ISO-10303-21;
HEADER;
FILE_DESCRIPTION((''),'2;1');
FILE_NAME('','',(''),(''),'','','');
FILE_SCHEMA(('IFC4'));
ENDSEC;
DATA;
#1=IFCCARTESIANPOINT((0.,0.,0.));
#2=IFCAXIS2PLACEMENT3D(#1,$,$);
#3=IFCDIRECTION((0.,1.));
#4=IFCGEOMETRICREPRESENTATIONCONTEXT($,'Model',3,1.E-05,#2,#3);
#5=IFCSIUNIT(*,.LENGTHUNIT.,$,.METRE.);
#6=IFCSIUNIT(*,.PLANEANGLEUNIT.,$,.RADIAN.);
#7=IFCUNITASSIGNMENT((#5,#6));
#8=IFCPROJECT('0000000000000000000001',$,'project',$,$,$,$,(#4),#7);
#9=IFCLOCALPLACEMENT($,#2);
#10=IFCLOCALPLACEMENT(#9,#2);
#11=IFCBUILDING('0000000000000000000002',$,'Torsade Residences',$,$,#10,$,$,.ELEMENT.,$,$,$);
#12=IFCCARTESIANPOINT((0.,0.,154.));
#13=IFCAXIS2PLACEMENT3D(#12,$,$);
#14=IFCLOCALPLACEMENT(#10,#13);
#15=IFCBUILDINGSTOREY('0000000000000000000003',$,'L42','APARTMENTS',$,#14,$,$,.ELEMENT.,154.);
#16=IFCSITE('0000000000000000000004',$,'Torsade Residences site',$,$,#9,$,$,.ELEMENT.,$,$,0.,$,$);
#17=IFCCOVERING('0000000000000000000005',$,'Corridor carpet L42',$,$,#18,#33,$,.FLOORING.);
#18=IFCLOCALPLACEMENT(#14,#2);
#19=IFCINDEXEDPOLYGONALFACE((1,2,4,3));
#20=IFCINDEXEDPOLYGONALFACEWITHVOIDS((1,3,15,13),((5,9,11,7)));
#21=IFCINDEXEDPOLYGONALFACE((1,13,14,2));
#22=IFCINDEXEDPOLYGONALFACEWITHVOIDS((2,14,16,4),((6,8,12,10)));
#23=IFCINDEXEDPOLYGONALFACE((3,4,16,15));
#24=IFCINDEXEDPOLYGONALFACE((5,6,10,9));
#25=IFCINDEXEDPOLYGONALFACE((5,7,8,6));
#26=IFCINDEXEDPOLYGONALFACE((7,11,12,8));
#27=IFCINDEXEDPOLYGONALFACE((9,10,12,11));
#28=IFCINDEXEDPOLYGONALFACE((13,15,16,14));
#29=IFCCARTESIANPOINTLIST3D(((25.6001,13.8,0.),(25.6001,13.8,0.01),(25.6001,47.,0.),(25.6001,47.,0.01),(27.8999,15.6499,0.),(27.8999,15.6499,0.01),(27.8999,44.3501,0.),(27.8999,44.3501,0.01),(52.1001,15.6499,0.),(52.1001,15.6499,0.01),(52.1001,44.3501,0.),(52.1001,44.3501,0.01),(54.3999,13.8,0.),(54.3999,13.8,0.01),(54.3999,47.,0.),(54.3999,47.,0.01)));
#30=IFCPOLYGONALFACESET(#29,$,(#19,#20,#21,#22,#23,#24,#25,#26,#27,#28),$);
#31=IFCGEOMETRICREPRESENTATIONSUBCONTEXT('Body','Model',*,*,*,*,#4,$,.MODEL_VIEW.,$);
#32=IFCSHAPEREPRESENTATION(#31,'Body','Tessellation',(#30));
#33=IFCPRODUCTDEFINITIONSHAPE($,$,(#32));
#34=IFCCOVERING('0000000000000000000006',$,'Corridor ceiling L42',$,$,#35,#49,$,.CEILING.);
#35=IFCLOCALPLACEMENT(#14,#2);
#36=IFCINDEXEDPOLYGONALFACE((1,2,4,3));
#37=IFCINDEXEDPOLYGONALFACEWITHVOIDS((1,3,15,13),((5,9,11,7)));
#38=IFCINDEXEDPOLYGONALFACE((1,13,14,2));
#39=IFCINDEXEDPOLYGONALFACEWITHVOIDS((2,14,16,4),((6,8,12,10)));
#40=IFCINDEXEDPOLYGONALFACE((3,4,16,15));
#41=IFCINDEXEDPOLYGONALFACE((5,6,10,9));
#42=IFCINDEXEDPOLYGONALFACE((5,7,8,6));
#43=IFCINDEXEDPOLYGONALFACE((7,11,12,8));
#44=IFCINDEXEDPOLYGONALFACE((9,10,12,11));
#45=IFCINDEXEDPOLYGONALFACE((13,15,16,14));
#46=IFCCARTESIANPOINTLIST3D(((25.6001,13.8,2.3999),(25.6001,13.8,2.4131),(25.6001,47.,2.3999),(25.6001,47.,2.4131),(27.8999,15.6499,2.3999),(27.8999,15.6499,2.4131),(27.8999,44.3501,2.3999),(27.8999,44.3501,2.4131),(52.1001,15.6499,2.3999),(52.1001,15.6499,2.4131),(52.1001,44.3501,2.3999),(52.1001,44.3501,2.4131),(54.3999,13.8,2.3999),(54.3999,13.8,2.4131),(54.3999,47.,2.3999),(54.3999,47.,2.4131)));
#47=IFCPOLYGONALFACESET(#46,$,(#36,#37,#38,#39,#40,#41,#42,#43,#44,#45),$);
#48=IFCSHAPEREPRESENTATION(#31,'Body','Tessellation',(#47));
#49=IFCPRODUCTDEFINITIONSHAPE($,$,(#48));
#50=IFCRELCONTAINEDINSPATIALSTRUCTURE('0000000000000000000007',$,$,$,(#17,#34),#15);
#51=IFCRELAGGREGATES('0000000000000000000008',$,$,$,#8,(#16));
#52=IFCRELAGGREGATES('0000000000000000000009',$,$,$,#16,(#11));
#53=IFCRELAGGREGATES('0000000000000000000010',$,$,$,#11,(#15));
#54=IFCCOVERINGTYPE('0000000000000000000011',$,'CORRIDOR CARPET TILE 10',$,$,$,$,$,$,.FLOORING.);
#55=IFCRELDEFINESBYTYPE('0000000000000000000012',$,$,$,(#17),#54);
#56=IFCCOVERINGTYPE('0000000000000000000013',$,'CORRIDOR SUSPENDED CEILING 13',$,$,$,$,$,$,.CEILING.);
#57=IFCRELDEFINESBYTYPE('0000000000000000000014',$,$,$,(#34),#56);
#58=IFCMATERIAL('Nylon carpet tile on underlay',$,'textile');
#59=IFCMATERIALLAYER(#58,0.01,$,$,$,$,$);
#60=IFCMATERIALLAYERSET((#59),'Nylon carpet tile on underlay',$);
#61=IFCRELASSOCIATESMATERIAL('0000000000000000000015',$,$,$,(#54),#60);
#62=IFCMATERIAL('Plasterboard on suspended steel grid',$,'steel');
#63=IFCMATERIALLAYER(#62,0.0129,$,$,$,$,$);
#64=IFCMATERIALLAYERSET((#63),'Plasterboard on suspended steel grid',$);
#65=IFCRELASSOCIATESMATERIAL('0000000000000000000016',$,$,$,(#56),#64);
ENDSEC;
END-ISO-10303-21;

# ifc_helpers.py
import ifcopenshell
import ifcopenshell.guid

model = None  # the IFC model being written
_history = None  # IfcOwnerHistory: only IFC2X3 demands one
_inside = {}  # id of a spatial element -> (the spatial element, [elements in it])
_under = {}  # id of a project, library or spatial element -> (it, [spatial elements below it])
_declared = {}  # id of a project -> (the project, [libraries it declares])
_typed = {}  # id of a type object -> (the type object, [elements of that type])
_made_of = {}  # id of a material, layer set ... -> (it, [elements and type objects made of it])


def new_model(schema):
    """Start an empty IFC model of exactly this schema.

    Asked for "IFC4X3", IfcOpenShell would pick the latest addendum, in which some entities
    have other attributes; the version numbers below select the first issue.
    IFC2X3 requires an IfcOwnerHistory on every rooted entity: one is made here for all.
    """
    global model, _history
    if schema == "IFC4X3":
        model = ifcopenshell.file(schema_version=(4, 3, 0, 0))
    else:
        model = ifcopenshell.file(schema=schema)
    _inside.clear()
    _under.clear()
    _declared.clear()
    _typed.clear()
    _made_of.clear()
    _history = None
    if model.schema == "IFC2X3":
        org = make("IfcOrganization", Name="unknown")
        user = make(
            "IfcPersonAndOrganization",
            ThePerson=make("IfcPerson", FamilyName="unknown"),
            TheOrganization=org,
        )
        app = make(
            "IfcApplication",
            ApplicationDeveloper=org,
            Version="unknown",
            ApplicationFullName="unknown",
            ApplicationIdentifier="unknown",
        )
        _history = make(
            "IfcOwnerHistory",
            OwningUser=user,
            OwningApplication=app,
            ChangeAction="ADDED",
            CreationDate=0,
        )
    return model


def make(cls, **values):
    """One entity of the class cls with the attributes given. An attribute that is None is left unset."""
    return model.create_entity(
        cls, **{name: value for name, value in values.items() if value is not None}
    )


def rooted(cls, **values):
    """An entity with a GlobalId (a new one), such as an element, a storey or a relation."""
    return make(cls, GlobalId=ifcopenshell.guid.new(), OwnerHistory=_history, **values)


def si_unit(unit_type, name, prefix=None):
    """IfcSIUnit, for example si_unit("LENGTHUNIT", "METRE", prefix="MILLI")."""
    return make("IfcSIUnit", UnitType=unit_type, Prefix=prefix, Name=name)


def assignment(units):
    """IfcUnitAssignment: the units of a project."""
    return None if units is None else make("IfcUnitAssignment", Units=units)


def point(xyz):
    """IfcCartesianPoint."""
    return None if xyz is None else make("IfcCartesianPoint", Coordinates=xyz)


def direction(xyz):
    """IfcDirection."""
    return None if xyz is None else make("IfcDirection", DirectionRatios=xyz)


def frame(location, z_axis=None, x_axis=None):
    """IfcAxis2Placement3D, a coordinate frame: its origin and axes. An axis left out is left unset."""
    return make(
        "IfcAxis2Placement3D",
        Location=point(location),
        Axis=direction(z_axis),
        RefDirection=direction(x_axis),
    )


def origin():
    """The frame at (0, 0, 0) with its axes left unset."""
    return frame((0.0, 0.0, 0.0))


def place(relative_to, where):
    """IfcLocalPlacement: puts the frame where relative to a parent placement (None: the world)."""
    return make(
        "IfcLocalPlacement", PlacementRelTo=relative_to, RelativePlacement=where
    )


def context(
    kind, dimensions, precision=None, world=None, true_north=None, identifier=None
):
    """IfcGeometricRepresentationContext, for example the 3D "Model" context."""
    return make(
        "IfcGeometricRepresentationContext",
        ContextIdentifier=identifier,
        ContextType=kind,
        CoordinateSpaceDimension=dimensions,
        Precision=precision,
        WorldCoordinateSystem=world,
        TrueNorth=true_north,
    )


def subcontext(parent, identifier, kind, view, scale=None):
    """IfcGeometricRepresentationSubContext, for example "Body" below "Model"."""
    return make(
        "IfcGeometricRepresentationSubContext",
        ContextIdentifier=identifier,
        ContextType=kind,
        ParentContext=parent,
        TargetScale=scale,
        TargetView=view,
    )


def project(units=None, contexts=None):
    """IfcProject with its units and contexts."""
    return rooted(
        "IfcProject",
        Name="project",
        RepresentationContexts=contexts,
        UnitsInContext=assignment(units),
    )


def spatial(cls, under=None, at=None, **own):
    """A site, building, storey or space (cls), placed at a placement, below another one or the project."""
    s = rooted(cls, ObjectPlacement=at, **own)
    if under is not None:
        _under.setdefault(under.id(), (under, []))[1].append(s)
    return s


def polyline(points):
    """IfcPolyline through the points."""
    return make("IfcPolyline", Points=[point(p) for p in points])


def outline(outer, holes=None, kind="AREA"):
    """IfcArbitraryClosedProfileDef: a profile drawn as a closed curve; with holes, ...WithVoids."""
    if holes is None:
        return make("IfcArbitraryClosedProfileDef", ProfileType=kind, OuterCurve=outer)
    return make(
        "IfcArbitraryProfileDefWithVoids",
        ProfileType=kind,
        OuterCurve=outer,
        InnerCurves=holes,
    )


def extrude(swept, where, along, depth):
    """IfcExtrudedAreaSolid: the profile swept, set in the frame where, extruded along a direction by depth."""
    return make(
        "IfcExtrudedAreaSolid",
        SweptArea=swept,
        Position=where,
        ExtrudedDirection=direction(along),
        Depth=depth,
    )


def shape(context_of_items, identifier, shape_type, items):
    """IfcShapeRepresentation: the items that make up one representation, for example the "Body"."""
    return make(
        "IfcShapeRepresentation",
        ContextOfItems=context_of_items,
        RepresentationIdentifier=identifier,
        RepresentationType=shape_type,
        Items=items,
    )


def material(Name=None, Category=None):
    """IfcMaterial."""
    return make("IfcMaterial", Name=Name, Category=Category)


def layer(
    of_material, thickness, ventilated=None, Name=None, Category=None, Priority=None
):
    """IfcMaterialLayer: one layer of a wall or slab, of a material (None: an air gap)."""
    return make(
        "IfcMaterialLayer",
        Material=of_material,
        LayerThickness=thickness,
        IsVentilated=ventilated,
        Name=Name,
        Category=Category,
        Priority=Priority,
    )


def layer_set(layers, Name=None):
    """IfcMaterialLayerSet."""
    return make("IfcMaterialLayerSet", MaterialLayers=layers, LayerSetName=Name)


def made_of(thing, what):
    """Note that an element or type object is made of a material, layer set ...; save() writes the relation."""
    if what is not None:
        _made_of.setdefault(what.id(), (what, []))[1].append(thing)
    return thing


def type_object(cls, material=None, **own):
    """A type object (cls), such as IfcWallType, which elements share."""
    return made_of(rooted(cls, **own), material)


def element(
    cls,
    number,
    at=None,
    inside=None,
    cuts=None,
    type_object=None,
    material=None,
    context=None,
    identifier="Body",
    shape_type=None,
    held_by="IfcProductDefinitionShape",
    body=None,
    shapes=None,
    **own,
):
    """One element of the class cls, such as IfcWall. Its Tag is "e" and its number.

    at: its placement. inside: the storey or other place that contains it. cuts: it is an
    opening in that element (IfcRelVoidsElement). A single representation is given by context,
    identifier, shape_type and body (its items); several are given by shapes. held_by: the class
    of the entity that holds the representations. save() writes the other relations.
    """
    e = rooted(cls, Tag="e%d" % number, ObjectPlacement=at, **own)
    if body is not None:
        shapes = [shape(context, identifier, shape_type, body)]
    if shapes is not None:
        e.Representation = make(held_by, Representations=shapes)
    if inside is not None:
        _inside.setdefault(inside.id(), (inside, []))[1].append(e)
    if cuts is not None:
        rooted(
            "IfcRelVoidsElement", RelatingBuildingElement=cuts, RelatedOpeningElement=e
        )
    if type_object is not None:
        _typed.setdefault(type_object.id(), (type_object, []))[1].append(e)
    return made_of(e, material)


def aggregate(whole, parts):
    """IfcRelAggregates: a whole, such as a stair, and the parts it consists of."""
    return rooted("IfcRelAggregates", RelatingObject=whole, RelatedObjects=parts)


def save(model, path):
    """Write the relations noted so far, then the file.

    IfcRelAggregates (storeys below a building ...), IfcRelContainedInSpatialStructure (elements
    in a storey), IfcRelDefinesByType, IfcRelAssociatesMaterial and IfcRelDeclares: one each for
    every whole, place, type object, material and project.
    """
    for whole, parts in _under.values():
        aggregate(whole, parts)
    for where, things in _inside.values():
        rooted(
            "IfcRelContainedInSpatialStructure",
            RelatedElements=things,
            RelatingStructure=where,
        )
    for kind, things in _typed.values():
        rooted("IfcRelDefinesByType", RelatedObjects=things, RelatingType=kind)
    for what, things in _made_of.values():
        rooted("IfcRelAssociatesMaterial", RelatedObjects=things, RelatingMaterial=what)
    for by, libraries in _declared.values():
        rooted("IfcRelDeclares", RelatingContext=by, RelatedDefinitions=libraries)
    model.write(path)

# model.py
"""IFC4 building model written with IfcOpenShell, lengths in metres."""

from ifc_helpers import new_model, si_unit, direction, frame, origin, place, context, subcontext, project, spatial, polyline, outline, extrude, material, layer, layer_set, type_object, element, save


model = new_model("IFC4")

# Units and contexts
model_context = context("Model", 3, precision=1e-05, world=origin(), true_north=direction((0.0, 1.0)))
body_context = subcontext(model_context, "Body", "Model", "MODEL_VIEW")
ifc_project = project(units=[si_unit("LENGTHUNIT", "METRE"), si_unit("PLANEANGLEUNIT", "RADIAN")], contexts=[model_context])

# Site, building, storey
site_placement = place(None, origin())
site = spatial("IfcSite", under=ifc_project, at=site_placement, Name="Torsade Residences site", CompositionType="ELEMENT", RefElevation=0.0)
building_placement = place(site_placement, origin())
building = spatial("IfcBuilding", under=site, at=building_placement, Name="Torsade Residences", CompositionType="ELEMENT")
storey_placement = place(building_placement, frame((0.0, 0.0, 154.0)))
storey = spatial("IfcBuildingStorey", under=building, at=storey_placement, Name="L42", Description="APARTMENTS", CompositionType="ELEMENT", Elevation=154.0)

# Coverings
ifc_material_1 = material(Name="Nylon carpet tile on underlay", Category="textile")
ifc_layer_1 = layer(ifc_material_1, 0.01)
ifc_layer_set_1 = layer_set([ifc_layer_1], Name="Nylon carpet tile on underlay")
covering_type_1 = type_object("IfcCoveringType", Name="CORRIDOR CARPET TILE 10", PredefinedType="FLOORING", material=ifc_layer_set_1)
covering_1_placement = place(storey_placement, origin())
element("IfcCovering", 1, at=covering_1_placement, inside=storey, type_object=covering_type_1, Name="Corridor carpet L42", PredefinedType="FLOORING", context=body_context, shape_type="SweptSolid", body=[
    extrude(outline(polyline([(25.6001, 47.0), (25.6001, 13.8), (54.3999, 13.8), (54.3999, 47.0), (25.6001, 47.0)]), holes=[polyline([(52.1001, 44.3501), (27.8999, 44.3501), (27.8999, 15.6499), (52.1001, 15.6499), (52.1001, 44.3501)])]), origin(), (0.0, 0.0, 1.0), 0.01),
])
ifc_material_2 = material(Name="Plasterboard on suspended steel grid", Category="steel")
ifc_layer_2 = layer(ifc_material_2, 0.0129)
ifc_layer_set_2 = layer_set([ifc_layer_2], Name="Plasterboard on suspended steel grid")
covering_type_2 = type_object("IfcCoveringType", Name="CORRIDOR SUSPENDED CEILING 13", PredefinedType="CEILING", material=ifc_layer_set_2)
covering_2_placement = place(storey_placement, frame((0.0, 0.0, 2.3999)))
element("IfcCovering", 2, at=covering_2_placement, inside=storey, type_object=covering_type_2, Name="Corridor ceiling L42", PredefinedType="CEILING", context=body_context, shape_type="SweptSolid", body=[
    extrude(outline(polyline([(25.6001, 47.0), (25.6001, 13.8), (54.3999, 13.8), (54.3999, 47.0), (25.6001, 47.0)]), holes=[polyline([(52.1001, 44.3501), (27.8999, 44.3501), (27.8999, 15.6499), (52.1001, 15.6499), (52.1001, 44.3501)])]), origin(), (0.0, 0.0, 1.0), 0.0132),
])

save(model, "model.ifc")
